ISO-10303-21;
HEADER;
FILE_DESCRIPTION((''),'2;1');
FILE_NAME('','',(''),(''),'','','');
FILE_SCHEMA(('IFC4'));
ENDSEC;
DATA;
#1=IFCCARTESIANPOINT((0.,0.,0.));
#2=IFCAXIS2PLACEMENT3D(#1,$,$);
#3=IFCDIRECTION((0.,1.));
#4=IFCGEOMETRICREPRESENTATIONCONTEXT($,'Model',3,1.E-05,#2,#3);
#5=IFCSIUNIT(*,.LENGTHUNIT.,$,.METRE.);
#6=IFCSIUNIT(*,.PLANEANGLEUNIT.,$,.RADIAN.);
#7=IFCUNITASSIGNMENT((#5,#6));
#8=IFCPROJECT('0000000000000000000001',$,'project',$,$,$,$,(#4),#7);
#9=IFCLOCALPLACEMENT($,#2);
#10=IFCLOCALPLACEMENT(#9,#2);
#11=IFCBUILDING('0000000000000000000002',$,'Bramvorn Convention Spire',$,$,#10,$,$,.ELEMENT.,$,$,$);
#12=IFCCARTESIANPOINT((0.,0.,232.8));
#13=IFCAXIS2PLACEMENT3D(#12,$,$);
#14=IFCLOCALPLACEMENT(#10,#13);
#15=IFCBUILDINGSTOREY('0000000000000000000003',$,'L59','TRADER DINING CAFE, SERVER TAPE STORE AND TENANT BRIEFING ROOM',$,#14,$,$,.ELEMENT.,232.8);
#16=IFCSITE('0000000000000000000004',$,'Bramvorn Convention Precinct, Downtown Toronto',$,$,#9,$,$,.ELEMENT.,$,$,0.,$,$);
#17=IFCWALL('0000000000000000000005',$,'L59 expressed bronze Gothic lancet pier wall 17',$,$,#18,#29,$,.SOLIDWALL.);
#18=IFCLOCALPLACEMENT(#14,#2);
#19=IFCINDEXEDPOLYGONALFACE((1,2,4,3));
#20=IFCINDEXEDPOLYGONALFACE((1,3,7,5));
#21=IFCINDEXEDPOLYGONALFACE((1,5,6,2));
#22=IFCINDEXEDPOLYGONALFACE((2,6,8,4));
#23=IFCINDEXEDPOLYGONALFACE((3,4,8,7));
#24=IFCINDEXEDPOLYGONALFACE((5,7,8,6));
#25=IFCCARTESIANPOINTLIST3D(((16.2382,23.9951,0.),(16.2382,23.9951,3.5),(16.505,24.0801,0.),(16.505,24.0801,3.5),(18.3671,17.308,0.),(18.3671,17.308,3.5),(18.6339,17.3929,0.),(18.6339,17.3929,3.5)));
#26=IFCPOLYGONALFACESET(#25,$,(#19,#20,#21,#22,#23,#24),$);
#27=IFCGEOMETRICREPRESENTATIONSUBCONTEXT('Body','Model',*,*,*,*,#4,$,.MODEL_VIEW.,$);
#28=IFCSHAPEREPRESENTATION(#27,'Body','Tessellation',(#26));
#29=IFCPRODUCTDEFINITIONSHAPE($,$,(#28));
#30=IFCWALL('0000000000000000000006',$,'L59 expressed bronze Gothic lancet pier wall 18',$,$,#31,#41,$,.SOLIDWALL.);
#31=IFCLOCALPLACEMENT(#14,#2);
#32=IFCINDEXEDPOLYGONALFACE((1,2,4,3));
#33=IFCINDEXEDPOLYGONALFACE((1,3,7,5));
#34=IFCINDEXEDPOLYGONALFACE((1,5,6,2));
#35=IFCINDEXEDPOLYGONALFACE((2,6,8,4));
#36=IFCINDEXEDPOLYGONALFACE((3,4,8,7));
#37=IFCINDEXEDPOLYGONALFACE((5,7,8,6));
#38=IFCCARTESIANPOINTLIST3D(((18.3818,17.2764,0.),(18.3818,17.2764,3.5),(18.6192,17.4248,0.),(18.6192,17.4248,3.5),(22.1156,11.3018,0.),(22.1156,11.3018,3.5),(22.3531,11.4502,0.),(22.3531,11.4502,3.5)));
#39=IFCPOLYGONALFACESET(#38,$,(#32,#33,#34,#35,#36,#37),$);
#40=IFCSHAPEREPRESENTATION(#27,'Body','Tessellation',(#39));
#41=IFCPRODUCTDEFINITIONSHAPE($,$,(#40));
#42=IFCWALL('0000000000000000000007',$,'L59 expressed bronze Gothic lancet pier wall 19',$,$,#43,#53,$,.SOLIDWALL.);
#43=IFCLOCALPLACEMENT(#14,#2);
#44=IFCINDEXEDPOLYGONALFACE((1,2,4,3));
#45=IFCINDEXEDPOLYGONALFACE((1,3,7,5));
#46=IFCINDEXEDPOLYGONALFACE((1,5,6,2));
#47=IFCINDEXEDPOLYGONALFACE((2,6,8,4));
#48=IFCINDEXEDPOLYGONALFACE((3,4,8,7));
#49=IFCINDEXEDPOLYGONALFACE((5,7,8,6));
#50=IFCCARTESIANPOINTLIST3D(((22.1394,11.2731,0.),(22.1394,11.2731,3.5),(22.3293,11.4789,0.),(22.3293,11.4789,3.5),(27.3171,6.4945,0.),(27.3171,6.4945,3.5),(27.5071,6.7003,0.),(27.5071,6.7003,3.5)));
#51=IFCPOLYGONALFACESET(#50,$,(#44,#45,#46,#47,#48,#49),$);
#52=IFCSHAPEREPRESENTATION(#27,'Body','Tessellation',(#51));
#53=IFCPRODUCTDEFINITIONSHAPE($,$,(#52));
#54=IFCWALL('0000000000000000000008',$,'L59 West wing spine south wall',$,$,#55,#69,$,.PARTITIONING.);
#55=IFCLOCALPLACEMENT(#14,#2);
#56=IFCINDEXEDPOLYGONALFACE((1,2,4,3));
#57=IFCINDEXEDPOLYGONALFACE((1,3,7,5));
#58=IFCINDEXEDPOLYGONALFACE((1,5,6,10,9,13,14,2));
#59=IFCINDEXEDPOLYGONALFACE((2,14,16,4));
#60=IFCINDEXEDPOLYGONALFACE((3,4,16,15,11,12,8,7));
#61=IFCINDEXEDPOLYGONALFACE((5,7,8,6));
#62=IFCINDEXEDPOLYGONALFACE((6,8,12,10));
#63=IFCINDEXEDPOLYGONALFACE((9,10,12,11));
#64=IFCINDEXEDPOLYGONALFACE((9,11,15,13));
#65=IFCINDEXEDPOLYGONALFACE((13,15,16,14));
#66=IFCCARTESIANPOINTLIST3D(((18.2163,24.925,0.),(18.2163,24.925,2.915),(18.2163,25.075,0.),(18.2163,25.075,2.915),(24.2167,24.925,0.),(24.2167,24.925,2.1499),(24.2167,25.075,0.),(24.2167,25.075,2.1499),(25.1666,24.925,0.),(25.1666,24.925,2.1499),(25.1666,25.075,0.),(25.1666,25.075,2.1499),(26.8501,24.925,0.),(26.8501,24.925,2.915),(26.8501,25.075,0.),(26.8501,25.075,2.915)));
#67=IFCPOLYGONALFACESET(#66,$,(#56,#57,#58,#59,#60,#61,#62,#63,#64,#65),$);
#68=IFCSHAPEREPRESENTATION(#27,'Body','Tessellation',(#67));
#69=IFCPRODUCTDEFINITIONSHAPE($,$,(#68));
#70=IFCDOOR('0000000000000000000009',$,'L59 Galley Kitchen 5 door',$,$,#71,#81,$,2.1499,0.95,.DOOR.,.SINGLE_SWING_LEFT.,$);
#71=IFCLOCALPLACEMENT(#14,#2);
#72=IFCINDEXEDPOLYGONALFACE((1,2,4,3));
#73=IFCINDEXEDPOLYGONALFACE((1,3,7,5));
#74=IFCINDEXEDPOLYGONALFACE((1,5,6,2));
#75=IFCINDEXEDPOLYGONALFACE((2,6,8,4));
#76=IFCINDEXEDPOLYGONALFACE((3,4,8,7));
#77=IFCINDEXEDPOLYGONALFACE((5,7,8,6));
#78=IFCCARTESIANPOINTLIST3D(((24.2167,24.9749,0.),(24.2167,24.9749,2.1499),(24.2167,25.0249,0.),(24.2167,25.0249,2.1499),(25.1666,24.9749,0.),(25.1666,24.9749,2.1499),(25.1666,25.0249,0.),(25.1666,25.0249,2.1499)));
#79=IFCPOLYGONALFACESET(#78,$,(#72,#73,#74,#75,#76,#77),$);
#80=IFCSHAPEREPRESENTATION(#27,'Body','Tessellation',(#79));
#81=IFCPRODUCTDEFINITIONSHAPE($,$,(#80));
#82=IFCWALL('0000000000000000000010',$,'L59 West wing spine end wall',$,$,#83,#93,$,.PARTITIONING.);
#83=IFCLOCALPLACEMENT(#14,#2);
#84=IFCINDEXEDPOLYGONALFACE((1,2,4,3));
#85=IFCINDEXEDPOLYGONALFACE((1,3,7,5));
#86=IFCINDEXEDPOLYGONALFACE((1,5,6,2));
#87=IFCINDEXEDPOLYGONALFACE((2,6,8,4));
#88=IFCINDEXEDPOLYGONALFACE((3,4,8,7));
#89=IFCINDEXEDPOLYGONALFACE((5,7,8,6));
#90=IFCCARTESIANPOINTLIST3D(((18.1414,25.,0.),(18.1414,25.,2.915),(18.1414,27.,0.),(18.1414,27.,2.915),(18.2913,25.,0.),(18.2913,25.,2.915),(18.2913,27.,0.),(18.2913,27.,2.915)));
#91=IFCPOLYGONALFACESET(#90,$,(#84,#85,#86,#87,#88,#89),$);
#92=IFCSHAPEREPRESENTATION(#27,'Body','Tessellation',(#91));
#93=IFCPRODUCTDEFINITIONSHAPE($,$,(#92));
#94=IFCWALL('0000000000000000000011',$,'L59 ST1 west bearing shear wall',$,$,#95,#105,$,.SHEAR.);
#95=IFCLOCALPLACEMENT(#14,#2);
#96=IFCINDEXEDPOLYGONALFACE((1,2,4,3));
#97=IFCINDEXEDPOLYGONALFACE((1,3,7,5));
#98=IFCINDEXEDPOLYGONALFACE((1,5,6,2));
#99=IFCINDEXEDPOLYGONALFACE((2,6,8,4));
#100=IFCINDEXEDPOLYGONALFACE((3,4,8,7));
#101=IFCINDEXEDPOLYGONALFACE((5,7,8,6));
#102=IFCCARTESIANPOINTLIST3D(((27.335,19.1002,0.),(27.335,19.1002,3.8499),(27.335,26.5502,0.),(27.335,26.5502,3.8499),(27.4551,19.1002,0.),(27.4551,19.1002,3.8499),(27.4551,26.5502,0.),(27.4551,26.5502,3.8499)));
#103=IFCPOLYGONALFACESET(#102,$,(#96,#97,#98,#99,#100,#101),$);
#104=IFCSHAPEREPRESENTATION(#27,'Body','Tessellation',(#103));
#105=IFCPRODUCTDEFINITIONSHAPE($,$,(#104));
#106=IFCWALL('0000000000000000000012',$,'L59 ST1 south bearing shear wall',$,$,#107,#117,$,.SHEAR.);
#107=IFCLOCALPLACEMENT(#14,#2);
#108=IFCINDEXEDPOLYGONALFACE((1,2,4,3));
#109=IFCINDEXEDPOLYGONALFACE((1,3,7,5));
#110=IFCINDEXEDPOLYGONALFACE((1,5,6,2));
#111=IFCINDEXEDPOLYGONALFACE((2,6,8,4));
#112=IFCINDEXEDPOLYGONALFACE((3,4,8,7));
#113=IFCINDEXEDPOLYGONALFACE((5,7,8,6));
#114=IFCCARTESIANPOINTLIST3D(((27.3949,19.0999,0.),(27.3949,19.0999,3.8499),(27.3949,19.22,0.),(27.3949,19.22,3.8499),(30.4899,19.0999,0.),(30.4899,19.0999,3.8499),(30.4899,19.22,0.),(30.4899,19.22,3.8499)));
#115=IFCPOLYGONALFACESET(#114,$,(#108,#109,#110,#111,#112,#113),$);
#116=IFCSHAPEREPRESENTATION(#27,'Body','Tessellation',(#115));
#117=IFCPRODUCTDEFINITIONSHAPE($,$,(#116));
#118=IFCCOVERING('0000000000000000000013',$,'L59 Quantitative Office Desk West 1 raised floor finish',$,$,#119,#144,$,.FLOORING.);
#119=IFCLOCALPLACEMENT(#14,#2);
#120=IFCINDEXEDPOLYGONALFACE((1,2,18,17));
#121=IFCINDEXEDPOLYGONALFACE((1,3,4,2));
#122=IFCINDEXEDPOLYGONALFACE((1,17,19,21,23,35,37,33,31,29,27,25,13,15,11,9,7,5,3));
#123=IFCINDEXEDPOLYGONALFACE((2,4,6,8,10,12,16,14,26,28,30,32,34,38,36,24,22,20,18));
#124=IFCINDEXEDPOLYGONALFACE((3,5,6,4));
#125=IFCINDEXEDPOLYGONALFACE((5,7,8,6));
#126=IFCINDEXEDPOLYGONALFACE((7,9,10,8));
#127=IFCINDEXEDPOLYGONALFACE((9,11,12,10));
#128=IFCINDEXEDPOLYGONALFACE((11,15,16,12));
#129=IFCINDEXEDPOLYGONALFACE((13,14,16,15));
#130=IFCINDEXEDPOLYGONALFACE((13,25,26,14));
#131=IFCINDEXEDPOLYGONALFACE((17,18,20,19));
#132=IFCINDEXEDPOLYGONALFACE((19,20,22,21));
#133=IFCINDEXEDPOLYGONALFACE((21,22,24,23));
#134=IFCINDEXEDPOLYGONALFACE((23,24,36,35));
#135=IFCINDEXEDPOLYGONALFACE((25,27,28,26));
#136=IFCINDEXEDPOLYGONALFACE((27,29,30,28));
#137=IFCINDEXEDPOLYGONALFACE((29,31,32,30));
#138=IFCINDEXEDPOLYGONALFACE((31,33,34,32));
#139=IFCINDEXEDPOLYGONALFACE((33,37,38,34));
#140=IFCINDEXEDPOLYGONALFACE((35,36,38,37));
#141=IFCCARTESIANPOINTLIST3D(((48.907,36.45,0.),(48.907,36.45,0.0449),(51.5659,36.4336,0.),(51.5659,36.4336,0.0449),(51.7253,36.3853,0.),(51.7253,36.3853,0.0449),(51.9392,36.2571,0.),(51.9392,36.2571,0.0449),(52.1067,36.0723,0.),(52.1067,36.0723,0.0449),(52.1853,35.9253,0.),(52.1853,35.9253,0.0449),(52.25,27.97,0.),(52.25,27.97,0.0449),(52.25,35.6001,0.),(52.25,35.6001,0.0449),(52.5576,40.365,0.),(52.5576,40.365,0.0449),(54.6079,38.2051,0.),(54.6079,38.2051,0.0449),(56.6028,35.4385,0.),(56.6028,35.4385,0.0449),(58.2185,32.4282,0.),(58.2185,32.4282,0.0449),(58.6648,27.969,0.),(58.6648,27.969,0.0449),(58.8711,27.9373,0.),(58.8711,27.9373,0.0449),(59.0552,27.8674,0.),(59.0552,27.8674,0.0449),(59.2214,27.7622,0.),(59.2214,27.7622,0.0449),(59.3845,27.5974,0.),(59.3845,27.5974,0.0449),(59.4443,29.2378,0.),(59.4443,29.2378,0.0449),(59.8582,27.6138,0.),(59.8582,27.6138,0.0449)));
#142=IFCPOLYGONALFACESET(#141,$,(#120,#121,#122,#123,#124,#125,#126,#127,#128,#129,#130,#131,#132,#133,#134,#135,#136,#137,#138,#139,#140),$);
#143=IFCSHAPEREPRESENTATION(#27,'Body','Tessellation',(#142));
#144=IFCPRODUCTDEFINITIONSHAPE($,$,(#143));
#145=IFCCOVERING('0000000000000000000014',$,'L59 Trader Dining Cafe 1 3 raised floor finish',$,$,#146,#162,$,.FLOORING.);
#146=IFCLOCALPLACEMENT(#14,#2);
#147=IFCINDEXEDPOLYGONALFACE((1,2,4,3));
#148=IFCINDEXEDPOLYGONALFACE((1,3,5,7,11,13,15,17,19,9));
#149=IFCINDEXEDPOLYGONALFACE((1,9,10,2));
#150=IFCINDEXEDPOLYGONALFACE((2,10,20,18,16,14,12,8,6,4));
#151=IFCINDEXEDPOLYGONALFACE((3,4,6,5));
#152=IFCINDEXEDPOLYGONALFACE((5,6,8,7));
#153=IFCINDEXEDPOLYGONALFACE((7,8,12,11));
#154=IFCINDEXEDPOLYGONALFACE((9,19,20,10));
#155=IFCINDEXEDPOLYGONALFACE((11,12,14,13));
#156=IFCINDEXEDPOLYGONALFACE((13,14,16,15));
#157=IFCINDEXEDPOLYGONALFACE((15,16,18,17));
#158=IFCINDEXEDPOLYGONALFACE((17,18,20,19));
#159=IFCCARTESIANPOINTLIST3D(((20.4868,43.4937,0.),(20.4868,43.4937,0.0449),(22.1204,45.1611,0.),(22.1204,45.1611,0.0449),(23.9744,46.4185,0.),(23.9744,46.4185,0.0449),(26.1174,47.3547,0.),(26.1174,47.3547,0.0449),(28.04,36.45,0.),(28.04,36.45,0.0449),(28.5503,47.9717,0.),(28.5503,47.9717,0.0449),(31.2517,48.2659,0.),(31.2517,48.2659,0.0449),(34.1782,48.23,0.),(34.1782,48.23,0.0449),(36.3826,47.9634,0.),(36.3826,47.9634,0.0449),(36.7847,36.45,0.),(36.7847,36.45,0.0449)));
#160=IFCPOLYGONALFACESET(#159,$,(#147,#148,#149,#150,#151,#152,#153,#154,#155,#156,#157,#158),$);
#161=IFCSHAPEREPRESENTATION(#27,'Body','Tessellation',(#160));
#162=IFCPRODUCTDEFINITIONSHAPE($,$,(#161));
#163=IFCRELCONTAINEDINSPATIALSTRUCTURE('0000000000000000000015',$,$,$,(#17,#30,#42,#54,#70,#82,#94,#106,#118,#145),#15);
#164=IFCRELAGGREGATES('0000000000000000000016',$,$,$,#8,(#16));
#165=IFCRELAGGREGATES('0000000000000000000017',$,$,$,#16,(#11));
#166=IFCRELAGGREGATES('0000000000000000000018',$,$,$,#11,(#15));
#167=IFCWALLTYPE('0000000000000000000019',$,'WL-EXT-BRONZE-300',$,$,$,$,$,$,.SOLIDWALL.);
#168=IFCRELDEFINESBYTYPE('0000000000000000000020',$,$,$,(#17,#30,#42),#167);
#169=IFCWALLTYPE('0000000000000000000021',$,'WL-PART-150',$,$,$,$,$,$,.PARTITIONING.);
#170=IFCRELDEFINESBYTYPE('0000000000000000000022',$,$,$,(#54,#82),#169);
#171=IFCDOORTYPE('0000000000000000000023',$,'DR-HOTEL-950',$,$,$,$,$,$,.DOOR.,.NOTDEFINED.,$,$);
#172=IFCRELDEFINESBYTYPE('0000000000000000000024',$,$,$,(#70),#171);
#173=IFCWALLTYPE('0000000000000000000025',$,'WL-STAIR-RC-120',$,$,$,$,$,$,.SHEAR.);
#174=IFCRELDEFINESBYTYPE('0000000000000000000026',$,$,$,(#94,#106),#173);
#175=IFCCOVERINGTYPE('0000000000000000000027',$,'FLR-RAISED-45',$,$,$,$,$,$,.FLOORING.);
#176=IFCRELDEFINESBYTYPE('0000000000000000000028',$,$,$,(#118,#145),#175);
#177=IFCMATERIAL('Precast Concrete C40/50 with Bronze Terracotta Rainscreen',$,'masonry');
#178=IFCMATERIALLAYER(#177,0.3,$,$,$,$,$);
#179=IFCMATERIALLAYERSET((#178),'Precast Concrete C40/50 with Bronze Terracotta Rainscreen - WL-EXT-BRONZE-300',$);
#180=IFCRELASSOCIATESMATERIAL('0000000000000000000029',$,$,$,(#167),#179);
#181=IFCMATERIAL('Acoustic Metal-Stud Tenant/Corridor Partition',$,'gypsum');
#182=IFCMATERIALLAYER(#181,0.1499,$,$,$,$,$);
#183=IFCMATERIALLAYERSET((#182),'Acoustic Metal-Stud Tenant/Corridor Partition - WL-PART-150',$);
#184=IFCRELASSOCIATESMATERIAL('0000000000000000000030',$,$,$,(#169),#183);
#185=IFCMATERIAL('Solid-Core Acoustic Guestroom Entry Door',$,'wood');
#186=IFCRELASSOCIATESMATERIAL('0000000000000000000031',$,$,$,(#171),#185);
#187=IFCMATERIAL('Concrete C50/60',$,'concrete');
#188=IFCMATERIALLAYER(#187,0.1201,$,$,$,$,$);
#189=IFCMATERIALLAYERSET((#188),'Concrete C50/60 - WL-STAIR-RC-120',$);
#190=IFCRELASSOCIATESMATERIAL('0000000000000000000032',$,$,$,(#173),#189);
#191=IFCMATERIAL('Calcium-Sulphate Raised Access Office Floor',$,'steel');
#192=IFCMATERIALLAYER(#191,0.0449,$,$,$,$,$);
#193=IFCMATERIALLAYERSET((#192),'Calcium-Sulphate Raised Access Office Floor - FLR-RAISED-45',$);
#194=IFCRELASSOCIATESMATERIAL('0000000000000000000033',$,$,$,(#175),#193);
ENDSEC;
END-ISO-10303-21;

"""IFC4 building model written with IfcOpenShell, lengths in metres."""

from ifc_helpers import new_model, si_unit, direction, frame, frame_2d, origin, place, context, subcontext, project, spatial, polyline, rectangle, outline, extrude, material, layer, layer_set, type_object, element, fill, save


model = new_model("IFC4")

# Units and contexts
model_context = context("Model", 3, precision=1e-05, world=origin(), true_north=direction((0.0, 1.0)))
body_context = subcontext(model_context, "Body", "Model", "MODEL_VIEW")
ifc_project = project(units=[si_unit("LENGTHUNIT", "METRE"), si_unit("PLANEANGLEUNIT", "RADIAN")], contexts=[model_context])

# Site, building, storey
site_placement = place(None, origin())
site = spatial("IfcSite", under=ifc_project, at=site_placement, Name="Bramvorn Convention Precinct, Downtown Toronto", CompositionType="ELEMENT", RefElevation=0.0)
building_placement = place(site_placement, origin())
building = spatial("IfcBuilding", under=site, at=building_placement, Name="Bramvorn Convention Spire", CompositionType="ELEMENT")
storey_placement = place(building_placement, frame((0.0, 0.0, 232.8)))
storey = spatial("IfcBuildingStorey", under=building, at=storey_placement, Name="L59", Description="TRADER DINING CAFE, SERVER TAPE STORE AND TENANT BRIEFING ROOM", CompositionType="ELEMENT", Elevation=232.8)

# Shared definitions
ifc_material_1 = material(Name="Concrete C50/60", Category="concrete")

# Walls
ifc_material_2 = material(Name="Precast Concrete C40/50 with Bronze Terracotta Rainscreen", Category="masonry")
ifc_layer_1 = layer(ifc_material_2, 0.3)
ifc_layer_set_1 = layer_set([ifc_layer_1], Name="Precast Concrete C40/50 with Bronze Terracotta Rainscreen - WL-EXT-BRONZE-300")
wall_type_1 = type_object("IfcWallType", Name="WL-EXT-BRONZE-300", PredefinedType="SOLIDWALL", material=ifc_layer_set_1)
wall_1_placement = place(storey_placement, frame((18.5005, 17.3506, 0.0), z_axis=(0.0, 0.0, 1.0), x_axis=(-0.303362, 0.952876, 0.0)))
element("IfcWall", 1, at=wall_1_placement, inside=storey, type_object=wall_type_1, Name="L59 expressed bronze Gothic lancet pier wall 17", PredefinedType="SOLIDWALL", context=body_context, shape_type="SweptSolid", body=[
    extrude(rectangle(XDim=7.0178, YDim=0.28, at=frame_2d((3.5088, 0.0))), origin(), (0.0, 0.0, 1.0), 3.5),
])
wall_2_placement = place(storey_placement, frame((22.2344, 11.376, 0.0), z_axis=(0.0, 0.0, 1.0), x_axis=(-0.529974, 0.848014, 0.0)))
element("IfcWall", 2, at=wall_2_placement, inside=storey, type_object=wall_type_1, Name="L59 expressed bronze Gothic lancet pier wall 18", PredefinedType="SOLIDWALL", context=body_context, shape_type="SweptSolid", body=[
    extrude(rectangle(XDim=7.0454, YDim=0.28, at=frame_2d((3.5227, 0.0))), origin(), (0.0, 0.0, 1.0), 3.5),
])
wall_3_placement = place(storey_placement, frame((27.4121, 6.5974, 0.0), z_axis=(0.0, 0.0, 1.0), x_axis=(-0.734866, 0.678212, 0.0)))
element("IfcWall", 3, at=wall_3_placement, inside=storey, type_object=wall_type_1, Name="L59 expressed bronze Gothic lancet pier wall 19", PredefinedType="SOLIDWALL", context=body_context, shape_type="SweptSolid", body=[
    extrude(rectangle(XDim=7.0459, YDim=0.28, at=frame_2d((3.5229, 0.0))), origin(), (0.0, 0.0, 1.0), 3.5),
])

# Wall, opening, door
ifc_material_3 = material(Name="Acoustic Metal-Stud Tenant/Corridor Partition", Category="gypsum")
ifc_layer_2 = layer(ifc_material_3, 0.1499)
ifc_layer_set_2 = layer_set([ifc_layer_2], Name="Acoustic Metal-Stud Tenant/Corridor Partition - WL-PART-150")
wall_type_2 = type_object("IfcWallType", Name="WL-PART-150", PredefinedType="PARTITIONING", material=ifc_layer_set_2)
wall_4_placement = place(storey_placement, frame((18.2163, 25.0, 0.0), z_axis=(0.0, 0.0, 1.0), x_axis=(1.0, 0.0, 0.0)))
wall_4 = element("IfcWall", 4, at=wall_4_placement, inside=storey, type_object=wall_type_2, Name="L59 West wing spine south wall", PredefinedType="PARTITIONING", context=body_context, shape_type="SweptSolid", body=[
    extrude(rectangle(XDim=8.6338, YDim=0.1499, at=frame_2d((4.3169, 0.0))), origin(), (0.0, 0.0, 1.0), 2.915),
])
opening_1_placement = place(wall_4_placement, frame((6.0002, 0.0, 0.0)))
opening_1 = element("IfcOpeningElement", 5, at=opening_1_placement, cuts=wall_4, PredefinedType="OPENING", context=body_context, shape_type="SweptSolid", body=[
    extrude(rectangle(XDim=0.95, YDim=2.1499, at=frame_2d((0.4751, 1.075))), frame((0.0, 0.085, 0.0), z_axis=(0.0, -1.0, 0.0), x_axis=(1.0, 0.0, 0.0)), (0.0, 0.0, 1.0), 0.1699),
])
ifc_material_4 = material(Name="Solid-Core Acoustic Guestroom Entry Door", Category="wood")
door_type_1 = type_object("IfcDoorType", Name="DR-HOTEL-950", OperationType="NOTDEFINED", PredefinedType="DOOR", material=ifc_material_4)
door_1_placement = place(opening_1_placement, origin())
door_1 = element("IfcDoor", 6, at=door_1_placement, inside=storey, type_object=door_type_1, Name="L59 Galley Kitchen 5 door", OperationType="SINGLE_SWING_LEFT", OverallHeight=2.1499, OverallWidth=0.95, PredefinedType="DOOR", context=body_context, shape_type="SweptSolid", body=[
    extrude(rectangle(XDim=0.95, YDim=2.1499, at=frame_2d((0.4751, 1.075))), frame((0.0, 0.0249, 0.0), z_axis=(0.0, -1.0, 0.0), x_axis=(1.0, 0.0, 0.0)), (0.0, 0.0, 1.0), 0.05),
])
fill(opening_1, door_1)

# Walls
wall_5_placement = place(storey_placement, frame((18.2163, 25.0, 0.0), z_axis=(0.0, 0.0, 1.0), x_axis=(0.0, 1.0, 0.0)))
element("IfcWall", 7, at=wall_5_placement, inside=storey, type_object=wall_type_2, Name="L59 West wing spine end wall", PredefinedType="PARTITIONING", context=body_context, shape_type="SweptSolid", body=[
    extrude(rectangle(XDim=2.0, YDim=0.1499, at=frame_2d((1.0, 0.0))), origin(), (0.0, 0.0, 1.0), 2.915),
])
ifc_layer_3 = layer(ifc_material_1, 0.1201)
ifc_layer_set_3 = layer_set([ifc_layer_3], Name="Concrete C50/60 - WL-STAIR-RC-120")
wall_type_3 = type_object("IfcWallType", Name="WL-STAIR-RC-120", PredefinedType="SHEAR", material=ifc_layer_set_3)
wall_6_placement = place(storey_placement, frame((27.395, 19.1001, 0.0), z_axis=(0.0, 0.0, 1.0), x_axis=(0.0, 1.0, 0.0)))
element("IfcWall", 8, at=wall_6_placement, inside=storey, type_object=wall_type_3, Name="L59 ST1 west bearing shear wall", PredefinedType="SHEAR", context=body_context, shape_type="SweptSolid", body=[
    extrude(rectangle(XDim=7.45, YDim=0.1201, at=frame_2d((3.7251, 0.0))), origin(), (0.0, 0.0, 1.0), 3.8499),
])
wall_7_placement = place(storey_placement, frame((27.395, 19.1599, 0.0), z_axis=(0.0, 0.0, 1.0), x_axis=(1.0, 0.0, 0.0)))
element("IfcWall", 9, at=wall_7_placement, inside=storey, type_object=wall_type_3, Name="L59 ST1 south bearing shear wall", PredefinedType="SHEAR", context=body_context, shape_type="SweptSolid", body=[
    extrude(rectangle(XDim=3.095, YDim=0.1201, at=frame_2d((1.5474, 0.0))), origin(), (0.0, 0.0, 1.0), 3.8499),
])

# Coverings
ifc_material_5 = material(Name="Calcium-Sulphate Raised Access Office Floor", Category="steel")
ifc_layer_4 = layer(ifc_material_5, 0.0449)
ifc_layer_set_4 = layer_set([ifc_layer_4], Name="Calcium-Sulphate Raised Access Office Floor - FLR-RAISED-45")
covering_type = type_object("IfcCoveringType", Name="FLR-RAISED-45", PredefinedType="FLOORING", material=ifc_layer_set_4)
covering_1_placement = place(storey_placement, origin())
element("IfcCovering", 10, at=covering_1_placement, inside=storey, type_object=covering_type, Name="L59 Quantitative Office Desk West 1 raised floor finish", PredefinedType="FLOORING", context=body_context, shape_type="SweptSolid", body=[
    extrude(outline(polyline([(48.907, 36.45), (51.5659, 36.4336), (51.7253, 36.3853), (51.9392, 36.2571), (52.1067, 36.0723), (52.1853, 35.9253), (52.25, 35.6001), (52.25, 27.97), (58.6648, 27.969), (58.8711, 27.9373), (59.0552, 27.8674), (59.2214, 27.7622), (59.3845, 27.5974), (59.8582, 27.6138), (59.4443, 29.2378), (58.2185, 32.4282), (56.6028, 35.4385), (54.6079, 38.2051), (52.5576, 40.365), (48.907, 36.45)])), origin(), (0.0, 0.0, 1.0), 0.0449),
])
covering_2_placement = place(storey_placement, origin())
element("IfcCovering", 11, at=covering_2_placement, inside=storey, type_object=covering_type, Name="L59 Trader Dining Cafe 1 3 raised floor finish", PredefinedType="FLOORING", context=body_context, shape_type="SweptSolid", body=[
    extrude(outline(polyline([(20.4868, 43.4937), (28.04, 36.45), (36.7847, 36.45), (36.3826, 47.9634), (34.1782, 48.23), (31.2517, 48.2659), (28.5503, 47.9717), (26.1174, 47.3547), (23.9744, 46.4185), (22.1204, 45.1611), (20.4868, 43.4937)])), origin(), (0.0, 0.0, 1.0), 0.0449),
])

save(model, "model.ifc")
